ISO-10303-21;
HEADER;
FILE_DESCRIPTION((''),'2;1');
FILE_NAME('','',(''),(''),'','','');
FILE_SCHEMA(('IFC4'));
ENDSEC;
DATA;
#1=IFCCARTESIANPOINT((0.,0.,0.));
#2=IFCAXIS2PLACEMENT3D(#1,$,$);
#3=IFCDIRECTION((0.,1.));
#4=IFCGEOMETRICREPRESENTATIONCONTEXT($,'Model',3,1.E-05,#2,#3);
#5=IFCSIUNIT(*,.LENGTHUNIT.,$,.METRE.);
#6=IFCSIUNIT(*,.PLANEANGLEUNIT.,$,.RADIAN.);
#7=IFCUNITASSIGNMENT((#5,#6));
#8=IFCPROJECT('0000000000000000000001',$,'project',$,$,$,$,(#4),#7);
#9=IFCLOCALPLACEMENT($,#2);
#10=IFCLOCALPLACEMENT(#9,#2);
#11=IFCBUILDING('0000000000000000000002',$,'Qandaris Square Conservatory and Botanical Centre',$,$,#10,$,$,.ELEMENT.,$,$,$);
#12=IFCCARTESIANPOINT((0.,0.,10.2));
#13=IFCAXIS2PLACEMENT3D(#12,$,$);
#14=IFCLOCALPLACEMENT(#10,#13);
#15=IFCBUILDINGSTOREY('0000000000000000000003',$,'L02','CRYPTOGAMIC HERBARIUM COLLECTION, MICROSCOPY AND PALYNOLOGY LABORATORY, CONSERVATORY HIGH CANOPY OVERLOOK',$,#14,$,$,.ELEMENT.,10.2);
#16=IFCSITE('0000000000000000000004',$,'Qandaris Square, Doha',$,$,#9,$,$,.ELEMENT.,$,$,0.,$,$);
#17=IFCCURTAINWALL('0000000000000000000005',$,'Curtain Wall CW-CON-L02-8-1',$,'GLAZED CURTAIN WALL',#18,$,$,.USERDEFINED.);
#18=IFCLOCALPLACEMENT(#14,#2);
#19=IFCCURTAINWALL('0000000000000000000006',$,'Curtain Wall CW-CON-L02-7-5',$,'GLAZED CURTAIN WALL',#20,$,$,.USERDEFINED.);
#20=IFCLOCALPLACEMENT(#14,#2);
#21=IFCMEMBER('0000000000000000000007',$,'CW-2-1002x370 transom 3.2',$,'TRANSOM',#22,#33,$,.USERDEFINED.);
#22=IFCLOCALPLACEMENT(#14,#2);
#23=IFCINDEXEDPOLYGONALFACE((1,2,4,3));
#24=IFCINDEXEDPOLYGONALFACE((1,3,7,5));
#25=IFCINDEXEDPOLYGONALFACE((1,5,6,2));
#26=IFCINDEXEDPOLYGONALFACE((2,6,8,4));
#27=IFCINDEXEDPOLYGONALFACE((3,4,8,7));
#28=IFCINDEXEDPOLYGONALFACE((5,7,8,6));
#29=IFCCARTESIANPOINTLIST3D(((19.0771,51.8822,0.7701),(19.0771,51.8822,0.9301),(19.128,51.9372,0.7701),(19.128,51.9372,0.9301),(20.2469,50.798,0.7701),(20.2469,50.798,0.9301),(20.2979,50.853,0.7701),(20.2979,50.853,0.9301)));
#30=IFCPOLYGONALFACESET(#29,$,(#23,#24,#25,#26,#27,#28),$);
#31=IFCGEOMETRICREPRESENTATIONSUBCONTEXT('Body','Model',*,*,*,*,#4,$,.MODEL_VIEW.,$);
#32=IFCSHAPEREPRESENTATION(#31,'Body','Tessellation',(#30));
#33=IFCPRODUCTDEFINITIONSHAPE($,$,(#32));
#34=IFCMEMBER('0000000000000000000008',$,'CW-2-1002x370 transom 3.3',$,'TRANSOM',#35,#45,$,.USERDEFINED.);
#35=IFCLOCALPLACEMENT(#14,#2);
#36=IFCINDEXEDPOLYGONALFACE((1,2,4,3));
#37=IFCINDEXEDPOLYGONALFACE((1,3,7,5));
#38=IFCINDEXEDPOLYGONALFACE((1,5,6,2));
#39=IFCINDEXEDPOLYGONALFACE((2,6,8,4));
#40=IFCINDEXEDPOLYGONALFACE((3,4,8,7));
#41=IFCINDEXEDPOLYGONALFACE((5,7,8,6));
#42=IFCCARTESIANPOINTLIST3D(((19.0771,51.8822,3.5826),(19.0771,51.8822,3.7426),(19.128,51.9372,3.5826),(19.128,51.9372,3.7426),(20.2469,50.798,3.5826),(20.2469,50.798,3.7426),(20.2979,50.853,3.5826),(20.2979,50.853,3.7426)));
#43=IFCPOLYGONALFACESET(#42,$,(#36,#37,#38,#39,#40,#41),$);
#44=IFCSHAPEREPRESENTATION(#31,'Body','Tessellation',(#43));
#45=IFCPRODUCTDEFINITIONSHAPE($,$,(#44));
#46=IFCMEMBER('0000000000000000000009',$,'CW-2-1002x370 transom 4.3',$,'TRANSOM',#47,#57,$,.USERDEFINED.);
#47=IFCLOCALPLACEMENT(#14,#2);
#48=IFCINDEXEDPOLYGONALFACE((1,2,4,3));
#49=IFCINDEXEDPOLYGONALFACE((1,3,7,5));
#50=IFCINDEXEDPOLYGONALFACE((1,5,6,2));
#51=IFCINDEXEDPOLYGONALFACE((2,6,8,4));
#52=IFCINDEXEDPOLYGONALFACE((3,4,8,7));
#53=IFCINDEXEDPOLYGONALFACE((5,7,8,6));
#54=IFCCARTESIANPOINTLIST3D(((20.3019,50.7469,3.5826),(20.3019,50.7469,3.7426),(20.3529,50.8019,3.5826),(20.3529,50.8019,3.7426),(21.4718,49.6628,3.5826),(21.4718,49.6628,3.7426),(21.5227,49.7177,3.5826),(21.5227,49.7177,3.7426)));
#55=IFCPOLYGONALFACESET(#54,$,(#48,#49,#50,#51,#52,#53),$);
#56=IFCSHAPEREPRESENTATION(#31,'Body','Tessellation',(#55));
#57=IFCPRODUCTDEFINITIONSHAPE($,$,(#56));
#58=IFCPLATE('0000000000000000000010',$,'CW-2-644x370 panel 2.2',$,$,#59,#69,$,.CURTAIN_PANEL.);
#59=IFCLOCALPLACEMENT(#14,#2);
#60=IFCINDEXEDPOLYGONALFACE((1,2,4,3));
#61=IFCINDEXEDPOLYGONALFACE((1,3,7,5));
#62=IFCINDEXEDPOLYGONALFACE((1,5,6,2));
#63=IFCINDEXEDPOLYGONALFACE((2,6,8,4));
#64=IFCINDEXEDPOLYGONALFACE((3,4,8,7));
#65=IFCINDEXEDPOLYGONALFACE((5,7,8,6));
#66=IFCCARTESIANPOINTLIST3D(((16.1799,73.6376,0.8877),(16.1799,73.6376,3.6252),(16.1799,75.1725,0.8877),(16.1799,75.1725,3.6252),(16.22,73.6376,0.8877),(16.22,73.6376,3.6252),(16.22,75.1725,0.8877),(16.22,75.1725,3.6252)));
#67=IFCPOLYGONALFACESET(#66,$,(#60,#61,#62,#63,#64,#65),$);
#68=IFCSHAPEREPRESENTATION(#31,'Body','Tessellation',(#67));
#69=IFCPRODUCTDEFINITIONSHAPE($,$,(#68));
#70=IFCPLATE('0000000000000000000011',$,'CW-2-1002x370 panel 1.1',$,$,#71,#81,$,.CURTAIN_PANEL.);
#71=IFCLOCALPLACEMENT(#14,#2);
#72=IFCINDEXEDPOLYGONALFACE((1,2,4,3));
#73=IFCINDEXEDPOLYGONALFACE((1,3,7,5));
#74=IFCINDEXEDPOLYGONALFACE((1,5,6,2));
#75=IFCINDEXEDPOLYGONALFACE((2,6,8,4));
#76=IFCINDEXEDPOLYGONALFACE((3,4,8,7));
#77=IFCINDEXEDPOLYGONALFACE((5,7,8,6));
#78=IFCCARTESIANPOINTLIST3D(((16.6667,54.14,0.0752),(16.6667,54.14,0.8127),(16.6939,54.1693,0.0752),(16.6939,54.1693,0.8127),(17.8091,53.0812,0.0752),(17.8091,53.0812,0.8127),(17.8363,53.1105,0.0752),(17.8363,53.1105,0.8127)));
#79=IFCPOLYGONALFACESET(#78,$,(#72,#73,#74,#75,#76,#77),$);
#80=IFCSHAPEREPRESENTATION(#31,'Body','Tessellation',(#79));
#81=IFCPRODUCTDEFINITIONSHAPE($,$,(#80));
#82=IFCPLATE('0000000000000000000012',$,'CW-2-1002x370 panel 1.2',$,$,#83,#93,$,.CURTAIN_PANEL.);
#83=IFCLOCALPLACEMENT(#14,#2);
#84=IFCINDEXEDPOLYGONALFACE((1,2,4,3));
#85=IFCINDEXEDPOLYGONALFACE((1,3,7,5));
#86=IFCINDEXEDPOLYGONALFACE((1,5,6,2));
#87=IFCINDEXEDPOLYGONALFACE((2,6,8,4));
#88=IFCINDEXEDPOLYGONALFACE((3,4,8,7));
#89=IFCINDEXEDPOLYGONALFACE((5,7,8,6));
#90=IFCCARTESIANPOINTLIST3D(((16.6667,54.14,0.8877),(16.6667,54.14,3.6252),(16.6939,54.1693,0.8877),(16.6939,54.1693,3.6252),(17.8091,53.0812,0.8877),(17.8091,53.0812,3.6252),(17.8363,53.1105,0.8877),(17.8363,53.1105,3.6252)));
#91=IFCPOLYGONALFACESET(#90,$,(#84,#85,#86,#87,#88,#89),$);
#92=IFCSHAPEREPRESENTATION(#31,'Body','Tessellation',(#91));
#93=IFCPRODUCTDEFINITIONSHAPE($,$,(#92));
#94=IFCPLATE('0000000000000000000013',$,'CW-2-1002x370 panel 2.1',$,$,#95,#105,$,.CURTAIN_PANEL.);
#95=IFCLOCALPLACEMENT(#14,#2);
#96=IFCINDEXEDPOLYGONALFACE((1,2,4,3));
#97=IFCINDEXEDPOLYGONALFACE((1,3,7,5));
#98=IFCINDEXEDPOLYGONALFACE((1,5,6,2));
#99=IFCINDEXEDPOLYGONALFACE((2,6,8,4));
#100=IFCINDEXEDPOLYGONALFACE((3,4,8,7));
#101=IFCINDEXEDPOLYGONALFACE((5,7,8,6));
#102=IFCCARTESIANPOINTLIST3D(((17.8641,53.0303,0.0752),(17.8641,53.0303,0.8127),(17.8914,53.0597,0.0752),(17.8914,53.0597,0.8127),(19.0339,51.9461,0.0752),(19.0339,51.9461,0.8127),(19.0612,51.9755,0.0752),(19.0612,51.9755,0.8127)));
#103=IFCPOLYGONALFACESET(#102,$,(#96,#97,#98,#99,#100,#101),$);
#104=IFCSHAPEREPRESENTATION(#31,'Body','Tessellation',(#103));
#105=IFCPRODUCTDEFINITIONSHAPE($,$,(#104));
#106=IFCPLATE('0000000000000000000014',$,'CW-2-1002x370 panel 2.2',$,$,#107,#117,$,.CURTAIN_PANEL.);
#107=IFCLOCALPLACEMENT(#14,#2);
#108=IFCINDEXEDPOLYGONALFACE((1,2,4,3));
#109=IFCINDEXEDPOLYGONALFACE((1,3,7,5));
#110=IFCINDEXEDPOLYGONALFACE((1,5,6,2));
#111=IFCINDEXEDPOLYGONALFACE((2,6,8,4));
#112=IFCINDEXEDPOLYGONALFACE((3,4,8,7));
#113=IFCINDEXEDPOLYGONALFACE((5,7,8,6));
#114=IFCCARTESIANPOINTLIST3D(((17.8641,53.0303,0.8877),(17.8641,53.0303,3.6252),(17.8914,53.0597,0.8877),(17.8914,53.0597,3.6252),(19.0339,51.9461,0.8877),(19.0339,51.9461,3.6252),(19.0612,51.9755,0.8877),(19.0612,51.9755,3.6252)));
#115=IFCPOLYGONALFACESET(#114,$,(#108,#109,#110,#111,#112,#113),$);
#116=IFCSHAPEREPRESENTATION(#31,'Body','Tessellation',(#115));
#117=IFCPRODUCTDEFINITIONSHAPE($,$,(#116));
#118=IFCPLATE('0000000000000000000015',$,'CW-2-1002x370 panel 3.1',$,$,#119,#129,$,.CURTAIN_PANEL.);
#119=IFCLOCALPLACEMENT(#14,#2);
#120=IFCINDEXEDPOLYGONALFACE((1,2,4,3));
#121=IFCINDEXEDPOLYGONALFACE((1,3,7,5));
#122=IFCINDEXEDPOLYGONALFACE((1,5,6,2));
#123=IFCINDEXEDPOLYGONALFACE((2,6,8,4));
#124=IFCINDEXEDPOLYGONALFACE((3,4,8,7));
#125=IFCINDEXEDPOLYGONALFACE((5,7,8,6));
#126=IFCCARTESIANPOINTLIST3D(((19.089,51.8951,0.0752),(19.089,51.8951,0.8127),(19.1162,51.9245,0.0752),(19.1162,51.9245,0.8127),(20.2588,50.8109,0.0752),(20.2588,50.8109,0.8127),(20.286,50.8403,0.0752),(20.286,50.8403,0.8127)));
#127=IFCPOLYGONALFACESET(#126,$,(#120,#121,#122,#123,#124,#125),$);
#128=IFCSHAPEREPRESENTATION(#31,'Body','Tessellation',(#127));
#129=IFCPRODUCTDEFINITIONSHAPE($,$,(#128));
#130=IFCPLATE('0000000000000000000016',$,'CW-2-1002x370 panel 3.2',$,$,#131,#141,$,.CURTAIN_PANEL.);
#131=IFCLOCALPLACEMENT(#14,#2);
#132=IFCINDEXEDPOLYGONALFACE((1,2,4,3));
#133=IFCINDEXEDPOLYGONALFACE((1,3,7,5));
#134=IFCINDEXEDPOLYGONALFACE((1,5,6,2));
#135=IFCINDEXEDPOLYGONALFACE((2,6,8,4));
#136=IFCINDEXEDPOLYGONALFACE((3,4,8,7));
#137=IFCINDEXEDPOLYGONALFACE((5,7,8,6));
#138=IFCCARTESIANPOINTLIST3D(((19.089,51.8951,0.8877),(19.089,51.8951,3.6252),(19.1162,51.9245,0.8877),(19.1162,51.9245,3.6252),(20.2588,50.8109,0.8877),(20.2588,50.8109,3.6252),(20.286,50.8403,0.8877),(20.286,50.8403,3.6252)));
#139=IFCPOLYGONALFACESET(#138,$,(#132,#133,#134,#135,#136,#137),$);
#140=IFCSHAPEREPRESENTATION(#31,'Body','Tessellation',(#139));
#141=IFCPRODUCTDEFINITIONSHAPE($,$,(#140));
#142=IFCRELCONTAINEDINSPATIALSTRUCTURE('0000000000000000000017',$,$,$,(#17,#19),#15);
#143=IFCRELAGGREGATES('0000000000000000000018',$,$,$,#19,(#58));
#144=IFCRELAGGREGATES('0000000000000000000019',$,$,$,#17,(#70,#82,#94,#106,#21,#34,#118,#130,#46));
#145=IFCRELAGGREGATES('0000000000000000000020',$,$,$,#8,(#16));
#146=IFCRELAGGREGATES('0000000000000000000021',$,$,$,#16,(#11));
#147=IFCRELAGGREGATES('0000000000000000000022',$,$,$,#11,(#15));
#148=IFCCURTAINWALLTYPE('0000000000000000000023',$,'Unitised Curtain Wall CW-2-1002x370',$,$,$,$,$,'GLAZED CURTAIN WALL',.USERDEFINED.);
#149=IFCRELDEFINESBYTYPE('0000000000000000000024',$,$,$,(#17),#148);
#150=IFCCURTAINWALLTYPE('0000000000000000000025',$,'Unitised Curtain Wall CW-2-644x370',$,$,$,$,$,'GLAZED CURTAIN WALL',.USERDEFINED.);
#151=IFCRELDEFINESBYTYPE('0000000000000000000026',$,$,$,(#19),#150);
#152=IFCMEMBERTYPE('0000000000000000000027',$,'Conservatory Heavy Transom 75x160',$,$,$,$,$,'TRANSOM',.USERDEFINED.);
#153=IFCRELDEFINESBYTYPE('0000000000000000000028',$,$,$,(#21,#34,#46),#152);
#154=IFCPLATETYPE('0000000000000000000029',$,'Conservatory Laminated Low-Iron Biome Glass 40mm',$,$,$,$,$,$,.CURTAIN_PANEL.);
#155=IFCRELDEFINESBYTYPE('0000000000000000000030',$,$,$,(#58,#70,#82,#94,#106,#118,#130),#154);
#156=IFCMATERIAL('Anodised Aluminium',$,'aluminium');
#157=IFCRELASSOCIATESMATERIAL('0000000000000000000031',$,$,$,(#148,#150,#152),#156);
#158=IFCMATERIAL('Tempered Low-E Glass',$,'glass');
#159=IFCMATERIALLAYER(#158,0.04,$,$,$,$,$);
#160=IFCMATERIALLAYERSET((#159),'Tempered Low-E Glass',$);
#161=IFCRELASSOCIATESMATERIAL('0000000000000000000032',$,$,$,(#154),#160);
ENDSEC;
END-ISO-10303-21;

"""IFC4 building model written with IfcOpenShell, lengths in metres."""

from ifc_helpers import new_model, si_unit, direction, frame, origin, origin_2d, place, context, subcontext, project, spatial, rectangle, extrude, material, layer, layer_set, material_profile, profile_set, type_object, element, aggregate, save


model = new_model("IFC4")

# Units and contexts
model_context = context("Model", 3, precision=1e-05, world=origin(), true_north=direction((0.0, 1.0)))
body_context = subcontext(model_context, "Body", "Model", "MODEL_VIEW")
ifc_project = project(units=[si_unit("LENGTHUNIT", "METRE"), si_unit("PLANEANGLEUNIT", "RADIAN")], contexts=[model_context])

# Site, building, storey
site_placement = place(None, origin())
site = spatial("IfcSite", under=ifc_project, at=site_placement, Name="Qandaris Square, Doha", CompositionType="ELEMENT", RefElevation=0.0)
building_placement = place(site_placement, origin())
building = spatial("IfcBuilding", under=site, at=building_placement, Name="Qandaris Square Conservatory and Botanical Centre", CompositionType="ELEMENT")
storey_placement = place(building_placement, frame((0.0, 0.0, 10.2)))
storey = spatial("IfcBuildingStorey", under=building, at=storey_placement, Name="L02", Description="CRYPTOGAMIC HERBARIUM COLLECTION, MICROSCOPY AND PALYNOLOGY LABORATORY, CONSERVATORY HIGH CANOPY OVERLOOK", CompositionType="ELEMENT", Elevation=10.2)

# Curtain walls
ifc_material_1 = material(Name="Anodised Aluminium", Category="aluminium")
curtain_wall_type_1 = type_object("IfcCurtainWallType", Name="Unitised Curtain Wall CW-2-1002x370", ElementType="GLAZED CURTAIN WALL", PredefinedType="USERDEFINED", material=ifc_material_1)
curtain_wall_1_placement = place(storey_placement, origin())
curtain_wall_1 = element("IfcCurtainWall", 1, at=curtain_wall_1_placement, inside=storey, type_object=curtain_wall_type_1, Name="Curtain Wall CW-CON-L02-8-1", ObjectType="GLAZED CURTAIN WALL", PredefinedType="USERDEFINED")
curtain_wall_type_2 = type_object("IfcCurtainWallType", Name="Unitised Curtain Wall CW-2-644x370", ElementType="GLAZED CURTAIN WALL", PredefinedType="USERDEFINED", material=ifc_material_1)
curtain_wall_2_placement = place(storey_placement, origin())
curtain_wall_2 = element("IfcCurtainWall", 2, at=curtain_wall_2_placement, inside=storey, type_object=curtain_wall_type_2, Name="Curtain Wall CW-CON-L02-7-5", ObjectType="GLAZED CURTAIN WALL", PredefinedType="USERDEFINED")
ifc_material_profile_1 = material_profile(ifc_material_1, rectangle(XDim=0.075, YDim=0.1599, at=origin_2d()), Name="ALU-TRN 75x160")
ifc_profile_set_1 = profile_set([ifc_material_profile_1], Name="Anodised Aluminium")
member_type_1 = type_object("IfcMemberType", Name="Conservatory Heavy Transom 75x160", ElementType="TRANSOM", PredefinedType="USERDEFINED", material=ifc_profile_set_1)

# Members
member_1_placement = place(storey_placement, frame((19.1025, 51.9097, 0.8501), z_axis=(0.733458, -0.679735, 0.0), x_axis=(0.679735, 0.733458, 0.0)))
member_1 = element("IfcMember", 3, at=member_1_placement, type_object=member_type_1, Name="CW-2-1002x370 transom 3.2", ObjectType="TRANSOM", PredefinedType="USERDEFINED", context=body_context, shape_type="SweptSolid", body=[
    extrude(rectangle(XDim=0.075, YDim=0.1599, at=origin_2d()), origin(), (0.0, 0.0, 1.0), 1.595),
])
member_2_placement = place(storey_placement, frame((19.1025, 51.9097, 3.6626), z_axis=(0.733458, -0.679735, 0.0), x_axis=(0.679735, 0.733458, 0.0)))
member_2 = element("IfcMember", 4, at=member_2_placement, type_object=member_type_1, Name="CW-2-1002x370 transom 3.3", ObjectType="TRANSOM", PredefinedType="USERDEFINED", context=body_context, shape_type="SweptSolid", body=[
    extrude(rectangle(XDim=0.075, YDim=0.1599, at=origin_2d()), origin(), (0.0, 0.0, 1.0), 1.595),
])
member_3_placement = place(storey_placement, frame((20.3274, 50.7744, 3.6626), z_axis=(0.733458, -0.679735, 0.0), x_axis=(0.679735, 0.733458, 0.0)))
member_3 = element("IfcMember", 5, at=member_3_placement, type_object=member_type_1, Name="CW-2-1002x370 transom 4.3", ObjectType="TRANSOM", PredefinedType="USERDEFINED", context=body_context, shape_type="SweptSolid", body=[
    extrude(rectangle(XDim=0.075, YDim=0.1599, at=origin_2d()), origin(), (0.0, 0.0, 1.0), 1.595),
])

# Plates
ifc_material_2 = material(Name="Tempered Low-E Glass", Category="glass")
ifc_layer = layer(ifc_material_2, 0.04)
ifc_layer_set = layer_set([ifc_layer], Name="Tempered Low-E Glass")
plate_type = type_object("IfcPlateType", Name="Conservatory Laminated Low-Iron Biome Glass 40mm", PredefinedType="CURTAIN_PANEL", material=ifc_layer_set)
plate_1_placement = place(storey_placement, frame((16.2, 74.405, 0.8877), z_axis=(0.0, 0.0, 1.0), x_axis=(0.0, -1.0, 0.0)))
plate_1 = element("IfcPlate", 6, at=plate_1_placement, type_object=plate_type, Name="CW-2-644x370 panel 2.2", PredefinedType="CURTAIN_PANEL", context=body_context, shape_type="SweptSolid", body=[
    extrude(rectangle(XDim=1.5349, YDim=0.04, at=origin_2d()), origin(), (0.0, 0.0, 1.0), 2.7375),
])
aggregate(curtain_wall_2, [plate_1])
plate_2_placement = place(storey_placement, frame((17.2515, 53.6252, 0.0752), z_axis=(0.0, 0.0, 1.0), x_axis=(0.733433, -0.679762, 0.0)))
plate_2 = element("IfcPlate", 7, at=plate_2_placement, type_object=plate_type, Name="CW-2-1002x370 panel 1.1", PredefinedType="CURTAIN_PANEL", context=body_context, shape_type="SweptSolid", body=[
    extrude(rectangle(XDim=1.5576, YDim=0.04, at=origin_2d()), origin(), (0.0, 0.0, 1.0), 0.7375),
])
plate_3_placement = place(storey_placement, frame((17.2515, 53.6252, 0.8877), z_axis=(0.0, 0.0, 1.0), x_axis=(0.733433, -0.679762, 0.0)))
plate_3 = element("IfcPlate", 8, at=plate_3_placement, type_object=plate_type, Name="CW-2-1002x370 panel 1.2", PredefinedType="CURTAIN_PANEL", context=body_context, shape_type="SweptSolid", body=[
    extrude(rectangle(XDim=1.5576, YDim=0.04, at=origin_2d()), origin(), (0.0, 0.0, 1.0), 2.7375),
])
plate_4_placement = place(storey_placement, frame((18.4626, 52.5029, 0.0752), z_axis=(0.0, 0.0, 1.0), x_axis=(0.733433, -0.679762, 0.0)))
plate_4 = element("IfcPlate", 9, at=plate_4_placement, type_object=plate_type, Name="CW-2-1002x370 panel 2.1", PredefinedType="CURTAIN_PANEL", context=body_context, shape_type="SweptSolid", body=[
    extrude(rectangle(XDim=1.595, YDim=0.04, at=origin_2d()), origin(), (0.0, 0.0, 1.0), 0.7375),
])
plate_5_placement = place(storey_placement, frame((18.4626, 52.5029, 0.8877), z_axis=(0.0, 0.0, 1.0), x_axis=(0.733433, -0.679762, 0.0)))
plate_5 = element("IfcPlate", 10, at=plate_5_placement, type_object=plate_type, Name="CW-2-1002x370 panel 2.2", PredefinedType="CURTAIN_PANEL", context=body_context, shape_type="SweptSolid", body=[
    extrude(rectangle(XDim=1.595, YDim=0.04, at=origin_2d()), origin(), (0.0, 0.0, 1.0), 2.7375),
])
plate_6_placement = place(storey_placement, frame((19.6875, 51.3677, 0.0752), z_axis=(0.0, 0.0, 1.0), x_axis=(0.733433, -0.679762, 0.0)))
plate_6 = element("IfcPlate", 11, at=plate_6_placement, type_object=plate_type, Name="CW-2-1002x370 panel 3.1", PredefinedType="CURTAIN_PANEL", context=body_context, shape_type="SweptSolid", body=[
    extrude(rectangle(XDim=1.595, YDim=0.04, at=origin_2d()), origin(), (0.0, 0.0, 1.0), 0.7375),
])
plate_7_placement = place(storey_placement, frame((19.6875, 51.3677, 0.8877), z_axis=(0.0, 0.0, 1.0), x_axis=(0.733433, -0.679762, 0.0)))
plate_7 = element("IfcPlate", 12, at=plate_7_placement, type_object=plate_type, Name="CW-2-1002x370 panel 3.2", PredefinedType="CURTAIN_PANEL", context=body_context, shape_type="SweptSolid", body=[
    extrude(rectangle(XDim=1.595, YDim=0.04, at=origin_2d()), origin(), (0.0, 0.0, 1.0), 2.7375),
])
aggregate(curtain_wall_1, [plate_2, plate_3, plate_4, plate_5, member_1, member_2, plate_6, plate_7, member_3])

save(model, "model.ifc")
